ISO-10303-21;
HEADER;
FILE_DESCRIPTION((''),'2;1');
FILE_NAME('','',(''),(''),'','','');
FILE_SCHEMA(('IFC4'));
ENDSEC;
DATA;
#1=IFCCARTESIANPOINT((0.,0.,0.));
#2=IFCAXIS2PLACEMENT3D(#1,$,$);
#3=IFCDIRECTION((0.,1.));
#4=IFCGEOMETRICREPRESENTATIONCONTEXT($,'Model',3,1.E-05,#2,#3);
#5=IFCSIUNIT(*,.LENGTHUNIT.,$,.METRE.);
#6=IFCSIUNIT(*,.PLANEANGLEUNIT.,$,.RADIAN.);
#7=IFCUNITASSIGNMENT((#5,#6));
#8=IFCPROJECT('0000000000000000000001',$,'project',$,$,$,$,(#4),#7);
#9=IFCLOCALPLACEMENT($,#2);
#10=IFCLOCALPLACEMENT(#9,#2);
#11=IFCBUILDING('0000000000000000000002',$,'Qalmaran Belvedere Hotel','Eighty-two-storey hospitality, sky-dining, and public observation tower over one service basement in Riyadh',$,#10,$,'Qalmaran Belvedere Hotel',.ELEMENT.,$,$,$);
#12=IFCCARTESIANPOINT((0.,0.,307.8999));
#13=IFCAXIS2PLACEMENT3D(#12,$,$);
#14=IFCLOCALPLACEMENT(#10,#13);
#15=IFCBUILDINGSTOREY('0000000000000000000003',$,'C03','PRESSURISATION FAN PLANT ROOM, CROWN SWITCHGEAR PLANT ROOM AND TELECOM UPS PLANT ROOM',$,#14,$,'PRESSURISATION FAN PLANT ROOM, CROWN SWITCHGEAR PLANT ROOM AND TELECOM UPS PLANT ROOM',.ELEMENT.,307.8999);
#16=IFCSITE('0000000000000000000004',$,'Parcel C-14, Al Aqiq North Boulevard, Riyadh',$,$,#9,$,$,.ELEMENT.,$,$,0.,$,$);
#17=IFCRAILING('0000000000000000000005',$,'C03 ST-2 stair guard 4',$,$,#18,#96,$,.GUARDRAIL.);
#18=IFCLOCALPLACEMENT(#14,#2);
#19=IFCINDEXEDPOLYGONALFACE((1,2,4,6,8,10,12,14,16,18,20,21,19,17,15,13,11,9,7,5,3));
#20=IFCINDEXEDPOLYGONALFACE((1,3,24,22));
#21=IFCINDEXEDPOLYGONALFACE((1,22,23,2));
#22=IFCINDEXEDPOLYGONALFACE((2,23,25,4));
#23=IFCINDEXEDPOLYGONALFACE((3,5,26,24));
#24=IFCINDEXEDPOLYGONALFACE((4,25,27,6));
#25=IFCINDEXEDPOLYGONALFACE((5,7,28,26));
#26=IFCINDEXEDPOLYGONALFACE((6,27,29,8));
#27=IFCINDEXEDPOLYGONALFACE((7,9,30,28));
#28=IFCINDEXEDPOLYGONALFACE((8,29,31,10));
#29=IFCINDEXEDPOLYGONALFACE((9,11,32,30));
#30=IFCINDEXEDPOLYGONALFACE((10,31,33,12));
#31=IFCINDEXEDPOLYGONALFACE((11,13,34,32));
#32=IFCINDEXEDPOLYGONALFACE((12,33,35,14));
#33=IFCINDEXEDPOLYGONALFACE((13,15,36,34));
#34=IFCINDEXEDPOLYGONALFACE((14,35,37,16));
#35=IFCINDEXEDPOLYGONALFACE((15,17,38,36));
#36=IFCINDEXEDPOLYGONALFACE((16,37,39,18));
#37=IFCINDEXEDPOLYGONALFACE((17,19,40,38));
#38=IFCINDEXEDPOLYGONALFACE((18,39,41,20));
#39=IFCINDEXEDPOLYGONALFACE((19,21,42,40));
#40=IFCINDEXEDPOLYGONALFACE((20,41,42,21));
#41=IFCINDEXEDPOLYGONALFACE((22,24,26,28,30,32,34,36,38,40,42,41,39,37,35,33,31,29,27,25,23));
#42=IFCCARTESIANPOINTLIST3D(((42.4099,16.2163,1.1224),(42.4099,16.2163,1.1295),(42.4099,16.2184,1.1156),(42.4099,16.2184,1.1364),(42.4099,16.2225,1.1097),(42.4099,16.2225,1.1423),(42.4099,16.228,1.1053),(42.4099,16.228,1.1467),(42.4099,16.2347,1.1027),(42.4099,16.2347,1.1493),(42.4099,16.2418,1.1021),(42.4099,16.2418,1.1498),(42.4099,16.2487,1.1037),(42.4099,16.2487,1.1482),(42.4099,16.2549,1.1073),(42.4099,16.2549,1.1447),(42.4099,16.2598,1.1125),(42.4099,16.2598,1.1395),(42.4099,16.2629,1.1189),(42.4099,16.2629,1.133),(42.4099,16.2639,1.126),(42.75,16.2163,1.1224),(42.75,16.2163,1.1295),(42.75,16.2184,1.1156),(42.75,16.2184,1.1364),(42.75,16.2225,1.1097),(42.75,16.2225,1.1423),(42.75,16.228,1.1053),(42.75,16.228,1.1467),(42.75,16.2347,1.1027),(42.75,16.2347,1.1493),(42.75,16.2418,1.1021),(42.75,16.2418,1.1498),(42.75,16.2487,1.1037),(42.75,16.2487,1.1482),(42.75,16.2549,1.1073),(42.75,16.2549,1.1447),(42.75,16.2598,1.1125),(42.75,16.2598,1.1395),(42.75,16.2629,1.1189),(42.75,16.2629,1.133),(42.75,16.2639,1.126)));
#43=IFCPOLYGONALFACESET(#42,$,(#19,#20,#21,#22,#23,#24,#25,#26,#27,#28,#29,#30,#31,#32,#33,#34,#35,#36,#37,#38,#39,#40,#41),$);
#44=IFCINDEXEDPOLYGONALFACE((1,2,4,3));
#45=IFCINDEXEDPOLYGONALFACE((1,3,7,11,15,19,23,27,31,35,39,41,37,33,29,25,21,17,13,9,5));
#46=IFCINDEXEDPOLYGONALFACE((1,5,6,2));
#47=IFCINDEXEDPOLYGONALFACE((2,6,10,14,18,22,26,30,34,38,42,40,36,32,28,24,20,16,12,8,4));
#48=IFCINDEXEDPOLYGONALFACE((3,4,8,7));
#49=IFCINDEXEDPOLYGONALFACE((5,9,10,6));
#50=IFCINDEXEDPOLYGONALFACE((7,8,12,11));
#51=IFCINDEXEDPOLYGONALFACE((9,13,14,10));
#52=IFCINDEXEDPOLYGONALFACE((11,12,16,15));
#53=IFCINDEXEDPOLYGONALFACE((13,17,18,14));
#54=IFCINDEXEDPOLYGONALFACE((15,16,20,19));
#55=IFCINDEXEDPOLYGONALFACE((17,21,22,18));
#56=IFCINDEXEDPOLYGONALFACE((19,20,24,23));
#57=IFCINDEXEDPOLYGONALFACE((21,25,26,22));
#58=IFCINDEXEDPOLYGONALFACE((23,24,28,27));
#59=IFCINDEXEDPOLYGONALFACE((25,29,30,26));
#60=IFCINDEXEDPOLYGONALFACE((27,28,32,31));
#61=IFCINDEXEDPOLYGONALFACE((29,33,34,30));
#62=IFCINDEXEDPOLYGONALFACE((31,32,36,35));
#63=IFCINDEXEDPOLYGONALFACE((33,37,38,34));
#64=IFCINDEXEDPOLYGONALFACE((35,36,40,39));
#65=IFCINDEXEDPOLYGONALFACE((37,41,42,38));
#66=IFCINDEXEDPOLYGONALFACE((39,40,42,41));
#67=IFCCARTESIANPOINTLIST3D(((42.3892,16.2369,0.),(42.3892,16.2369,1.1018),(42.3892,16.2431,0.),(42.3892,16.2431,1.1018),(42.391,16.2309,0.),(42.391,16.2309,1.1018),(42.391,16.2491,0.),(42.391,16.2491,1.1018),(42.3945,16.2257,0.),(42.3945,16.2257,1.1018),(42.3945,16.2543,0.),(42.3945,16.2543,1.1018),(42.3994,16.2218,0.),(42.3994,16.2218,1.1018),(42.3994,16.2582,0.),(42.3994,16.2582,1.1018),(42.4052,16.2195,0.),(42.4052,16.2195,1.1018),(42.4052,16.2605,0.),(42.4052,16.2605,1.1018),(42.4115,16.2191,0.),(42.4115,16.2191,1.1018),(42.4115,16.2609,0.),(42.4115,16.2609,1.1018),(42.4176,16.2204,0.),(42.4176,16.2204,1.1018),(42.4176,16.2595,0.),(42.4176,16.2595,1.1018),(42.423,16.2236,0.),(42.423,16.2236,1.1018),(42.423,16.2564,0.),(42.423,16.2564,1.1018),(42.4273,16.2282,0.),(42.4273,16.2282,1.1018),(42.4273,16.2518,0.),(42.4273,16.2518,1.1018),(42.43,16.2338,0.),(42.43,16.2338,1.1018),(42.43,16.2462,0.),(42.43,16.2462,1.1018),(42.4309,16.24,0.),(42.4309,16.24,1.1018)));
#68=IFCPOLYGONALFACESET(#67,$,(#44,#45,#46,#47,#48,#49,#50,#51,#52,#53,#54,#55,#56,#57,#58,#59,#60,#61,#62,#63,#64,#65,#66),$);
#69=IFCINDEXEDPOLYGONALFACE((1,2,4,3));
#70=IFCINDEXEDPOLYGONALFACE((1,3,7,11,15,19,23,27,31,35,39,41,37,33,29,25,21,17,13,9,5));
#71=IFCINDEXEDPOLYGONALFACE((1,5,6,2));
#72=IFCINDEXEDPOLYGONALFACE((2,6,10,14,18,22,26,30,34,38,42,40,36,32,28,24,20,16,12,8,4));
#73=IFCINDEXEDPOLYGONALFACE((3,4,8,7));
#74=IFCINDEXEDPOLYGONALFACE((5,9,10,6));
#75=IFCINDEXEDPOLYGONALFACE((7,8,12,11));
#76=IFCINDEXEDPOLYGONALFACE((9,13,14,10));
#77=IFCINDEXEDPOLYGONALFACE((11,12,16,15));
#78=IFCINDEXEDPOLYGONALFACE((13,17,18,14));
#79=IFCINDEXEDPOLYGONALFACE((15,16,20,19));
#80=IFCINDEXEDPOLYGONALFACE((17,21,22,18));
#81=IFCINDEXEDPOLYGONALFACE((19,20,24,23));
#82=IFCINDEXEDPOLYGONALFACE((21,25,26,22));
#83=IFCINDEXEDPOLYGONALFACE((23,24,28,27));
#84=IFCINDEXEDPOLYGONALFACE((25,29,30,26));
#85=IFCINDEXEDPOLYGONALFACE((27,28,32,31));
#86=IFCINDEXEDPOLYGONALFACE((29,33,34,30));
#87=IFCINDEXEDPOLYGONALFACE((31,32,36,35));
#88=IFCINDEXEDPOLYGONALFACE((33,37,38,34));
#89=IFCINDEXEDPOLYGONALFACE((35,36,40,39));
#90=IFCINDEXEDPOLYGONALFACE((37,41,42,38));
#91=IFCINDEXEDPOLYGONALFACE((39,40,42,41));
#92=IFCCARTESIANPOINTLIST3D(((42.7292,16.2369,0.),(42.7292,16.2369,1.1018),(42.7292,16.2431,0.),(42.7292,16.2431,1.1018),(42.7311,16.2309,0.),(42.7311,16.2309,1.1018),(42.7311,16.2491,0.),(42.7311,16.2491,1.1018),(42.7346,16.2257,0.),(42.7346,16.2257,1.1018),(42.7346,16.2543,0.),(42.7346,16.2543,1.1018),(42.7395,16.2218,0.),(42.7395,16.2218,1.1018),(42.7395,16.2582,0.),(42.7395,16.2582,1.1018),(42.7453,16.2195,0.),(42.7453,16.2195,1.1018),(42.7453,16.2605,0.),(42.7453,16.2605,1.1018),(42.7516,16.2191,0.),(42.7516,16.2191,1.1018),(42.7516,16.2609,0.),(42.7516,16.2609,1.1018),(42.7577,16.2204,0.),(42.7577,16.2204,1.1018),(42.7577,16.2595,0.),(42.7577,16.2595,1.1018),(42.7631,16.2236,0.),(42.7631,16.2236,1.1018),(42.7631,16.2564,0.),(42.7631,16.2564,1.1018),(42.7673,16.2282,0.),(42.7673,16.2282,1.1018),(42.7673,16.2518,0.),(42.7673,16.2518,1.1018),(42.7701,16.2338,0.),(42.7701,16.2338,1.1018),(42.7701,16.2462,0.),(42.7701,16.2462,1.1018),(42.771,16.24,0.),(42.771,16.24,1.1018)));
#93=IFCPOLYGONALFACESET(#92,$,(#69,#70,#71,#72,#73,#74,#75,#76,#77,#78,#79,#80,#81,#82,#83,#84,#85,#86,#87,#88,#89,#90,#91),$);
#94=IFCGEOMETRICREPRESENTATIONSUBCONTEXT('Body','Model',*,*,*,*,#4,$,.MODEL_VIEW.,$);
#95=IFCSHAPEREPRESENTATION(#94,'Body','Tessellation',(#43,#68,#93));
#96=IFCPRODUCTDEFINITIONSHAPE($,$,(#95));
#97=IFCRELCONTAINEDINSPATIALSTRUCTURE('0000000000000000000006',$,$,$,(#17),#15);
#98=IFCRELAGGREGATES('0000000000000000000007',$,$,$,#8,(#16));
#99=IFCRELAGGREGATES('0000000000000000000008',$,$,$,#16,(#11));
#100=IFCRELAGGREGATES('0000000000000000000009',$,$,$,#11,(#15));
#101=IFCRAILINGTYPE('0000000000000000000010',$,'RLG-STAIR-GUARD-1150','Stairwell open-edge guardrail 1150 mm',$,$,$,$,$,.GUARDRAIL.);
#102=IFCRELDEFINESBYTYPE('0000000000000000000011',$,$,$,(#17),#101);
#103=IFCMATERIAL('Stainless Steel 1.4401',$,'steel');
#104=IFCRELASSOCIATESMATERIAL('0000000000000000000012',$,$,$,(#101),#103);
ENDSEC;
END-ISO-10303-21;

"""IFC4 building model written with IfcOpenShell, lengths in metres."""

from ifc_helpers import new_model, si_unit, direction, frame, origin, origin_2d, place, context, subcontext, project, spatial, circle, extrude, material, type_object, element, save


model = new_model("IFC4")

# Units and contexts
model_context = context("Model", 3, precision=1e-05, world=origin(), true_north=direction((0.0, 1.0)))
body_context = subcontext(model_context, "Body", "Model", "MODEL_VIEW")
ifc_project = project(units=[si_unit("LENGTHUNIT", "METRE"), si_unit("PLANEANGLEUNIT", "RADIAN")], contexts=[model_context])

# Site, building, storey
site_placement = place(None, origin())
site = spatial("IfcSite", under=ifc_project, at=site_placement, Name="Parcel C-14, Al Aqiq North Boulevard, Riyadh", CompositionType="ELEMENT", RefElevation=0.0)
building_placement = place(site_placement, origin())
building = spatial("IfcBuilding", under=site, at=building_placement, Name="Qalmaran Belvedere Hotel", Description="Eighty-two-storey hospitality, sky-dining, and public observation tower over one service basement in Riyadh", LongName="Qalmaran Belvedere Hotel", CompositionType="ELEMENT")
storey_placement = place(building_placement, frame((0.0, 0.0, 307.8999)))
storey = spatial("IfcBuildingStorey", under=building, at=storey_placement, Name="C03", Description="PRESSURISATION FAN PLANT ROOM, CROWN SWITCHGEAR PLANT ROOM AND TELECOM UPS PLANT ROOM", LongName="PRESSURISATION FAN PLANT ROOM, CROWN SWITCHGEAR PLANT ROOM AND TELECOM UPS PLANT ROOM", CompositionType="ELEMENT", Elevation=307.8999)

# Railing
ifc_material_1 = material(Name="Stainless Steel 1.4401", Category="steel")
railing_type_1 = type_object("IfcRailingType", Name="RLG-STAIR-GUARD-1150", Description="Stairwell open-edge guardrail 1150 mm", PredefinedType="GUARDRAIL", material=ifc_material_1)
railing_1_placement = place(storey_placement, frame((42.4099, 16.24, 0.0)))
element("IfcRailing", 1, at=railing_1_placement, inside=storey, type_object=railing_type_1, Name="C03 ST-2 stair guard 4", PredefinedType="GUARDRAIL", context=body_context, shape_type="SweptSolid", body=[
    extrude(circle(Radius=0.0239, at=origin_2d()), frame((0.0, 0.0, 1.126), z_axis=(1.0, 0.0, 0.0), x_axis=(0.0, 1.0, 0.0)), (0.0, 0.0, 1.0), 0.3401),
    extrude(circle(Radius=0.021, at=origin_2d()), origin(), (0.0, 0.0, 1.0), 1.1018),
    extrude(circle(Radius=0.021, at=origin_2d()), frame((0.3401, 0.0, 0.0)), (0.0, 0.0, 1.0), 1.1018),
])

save(model, "model.ifc")
